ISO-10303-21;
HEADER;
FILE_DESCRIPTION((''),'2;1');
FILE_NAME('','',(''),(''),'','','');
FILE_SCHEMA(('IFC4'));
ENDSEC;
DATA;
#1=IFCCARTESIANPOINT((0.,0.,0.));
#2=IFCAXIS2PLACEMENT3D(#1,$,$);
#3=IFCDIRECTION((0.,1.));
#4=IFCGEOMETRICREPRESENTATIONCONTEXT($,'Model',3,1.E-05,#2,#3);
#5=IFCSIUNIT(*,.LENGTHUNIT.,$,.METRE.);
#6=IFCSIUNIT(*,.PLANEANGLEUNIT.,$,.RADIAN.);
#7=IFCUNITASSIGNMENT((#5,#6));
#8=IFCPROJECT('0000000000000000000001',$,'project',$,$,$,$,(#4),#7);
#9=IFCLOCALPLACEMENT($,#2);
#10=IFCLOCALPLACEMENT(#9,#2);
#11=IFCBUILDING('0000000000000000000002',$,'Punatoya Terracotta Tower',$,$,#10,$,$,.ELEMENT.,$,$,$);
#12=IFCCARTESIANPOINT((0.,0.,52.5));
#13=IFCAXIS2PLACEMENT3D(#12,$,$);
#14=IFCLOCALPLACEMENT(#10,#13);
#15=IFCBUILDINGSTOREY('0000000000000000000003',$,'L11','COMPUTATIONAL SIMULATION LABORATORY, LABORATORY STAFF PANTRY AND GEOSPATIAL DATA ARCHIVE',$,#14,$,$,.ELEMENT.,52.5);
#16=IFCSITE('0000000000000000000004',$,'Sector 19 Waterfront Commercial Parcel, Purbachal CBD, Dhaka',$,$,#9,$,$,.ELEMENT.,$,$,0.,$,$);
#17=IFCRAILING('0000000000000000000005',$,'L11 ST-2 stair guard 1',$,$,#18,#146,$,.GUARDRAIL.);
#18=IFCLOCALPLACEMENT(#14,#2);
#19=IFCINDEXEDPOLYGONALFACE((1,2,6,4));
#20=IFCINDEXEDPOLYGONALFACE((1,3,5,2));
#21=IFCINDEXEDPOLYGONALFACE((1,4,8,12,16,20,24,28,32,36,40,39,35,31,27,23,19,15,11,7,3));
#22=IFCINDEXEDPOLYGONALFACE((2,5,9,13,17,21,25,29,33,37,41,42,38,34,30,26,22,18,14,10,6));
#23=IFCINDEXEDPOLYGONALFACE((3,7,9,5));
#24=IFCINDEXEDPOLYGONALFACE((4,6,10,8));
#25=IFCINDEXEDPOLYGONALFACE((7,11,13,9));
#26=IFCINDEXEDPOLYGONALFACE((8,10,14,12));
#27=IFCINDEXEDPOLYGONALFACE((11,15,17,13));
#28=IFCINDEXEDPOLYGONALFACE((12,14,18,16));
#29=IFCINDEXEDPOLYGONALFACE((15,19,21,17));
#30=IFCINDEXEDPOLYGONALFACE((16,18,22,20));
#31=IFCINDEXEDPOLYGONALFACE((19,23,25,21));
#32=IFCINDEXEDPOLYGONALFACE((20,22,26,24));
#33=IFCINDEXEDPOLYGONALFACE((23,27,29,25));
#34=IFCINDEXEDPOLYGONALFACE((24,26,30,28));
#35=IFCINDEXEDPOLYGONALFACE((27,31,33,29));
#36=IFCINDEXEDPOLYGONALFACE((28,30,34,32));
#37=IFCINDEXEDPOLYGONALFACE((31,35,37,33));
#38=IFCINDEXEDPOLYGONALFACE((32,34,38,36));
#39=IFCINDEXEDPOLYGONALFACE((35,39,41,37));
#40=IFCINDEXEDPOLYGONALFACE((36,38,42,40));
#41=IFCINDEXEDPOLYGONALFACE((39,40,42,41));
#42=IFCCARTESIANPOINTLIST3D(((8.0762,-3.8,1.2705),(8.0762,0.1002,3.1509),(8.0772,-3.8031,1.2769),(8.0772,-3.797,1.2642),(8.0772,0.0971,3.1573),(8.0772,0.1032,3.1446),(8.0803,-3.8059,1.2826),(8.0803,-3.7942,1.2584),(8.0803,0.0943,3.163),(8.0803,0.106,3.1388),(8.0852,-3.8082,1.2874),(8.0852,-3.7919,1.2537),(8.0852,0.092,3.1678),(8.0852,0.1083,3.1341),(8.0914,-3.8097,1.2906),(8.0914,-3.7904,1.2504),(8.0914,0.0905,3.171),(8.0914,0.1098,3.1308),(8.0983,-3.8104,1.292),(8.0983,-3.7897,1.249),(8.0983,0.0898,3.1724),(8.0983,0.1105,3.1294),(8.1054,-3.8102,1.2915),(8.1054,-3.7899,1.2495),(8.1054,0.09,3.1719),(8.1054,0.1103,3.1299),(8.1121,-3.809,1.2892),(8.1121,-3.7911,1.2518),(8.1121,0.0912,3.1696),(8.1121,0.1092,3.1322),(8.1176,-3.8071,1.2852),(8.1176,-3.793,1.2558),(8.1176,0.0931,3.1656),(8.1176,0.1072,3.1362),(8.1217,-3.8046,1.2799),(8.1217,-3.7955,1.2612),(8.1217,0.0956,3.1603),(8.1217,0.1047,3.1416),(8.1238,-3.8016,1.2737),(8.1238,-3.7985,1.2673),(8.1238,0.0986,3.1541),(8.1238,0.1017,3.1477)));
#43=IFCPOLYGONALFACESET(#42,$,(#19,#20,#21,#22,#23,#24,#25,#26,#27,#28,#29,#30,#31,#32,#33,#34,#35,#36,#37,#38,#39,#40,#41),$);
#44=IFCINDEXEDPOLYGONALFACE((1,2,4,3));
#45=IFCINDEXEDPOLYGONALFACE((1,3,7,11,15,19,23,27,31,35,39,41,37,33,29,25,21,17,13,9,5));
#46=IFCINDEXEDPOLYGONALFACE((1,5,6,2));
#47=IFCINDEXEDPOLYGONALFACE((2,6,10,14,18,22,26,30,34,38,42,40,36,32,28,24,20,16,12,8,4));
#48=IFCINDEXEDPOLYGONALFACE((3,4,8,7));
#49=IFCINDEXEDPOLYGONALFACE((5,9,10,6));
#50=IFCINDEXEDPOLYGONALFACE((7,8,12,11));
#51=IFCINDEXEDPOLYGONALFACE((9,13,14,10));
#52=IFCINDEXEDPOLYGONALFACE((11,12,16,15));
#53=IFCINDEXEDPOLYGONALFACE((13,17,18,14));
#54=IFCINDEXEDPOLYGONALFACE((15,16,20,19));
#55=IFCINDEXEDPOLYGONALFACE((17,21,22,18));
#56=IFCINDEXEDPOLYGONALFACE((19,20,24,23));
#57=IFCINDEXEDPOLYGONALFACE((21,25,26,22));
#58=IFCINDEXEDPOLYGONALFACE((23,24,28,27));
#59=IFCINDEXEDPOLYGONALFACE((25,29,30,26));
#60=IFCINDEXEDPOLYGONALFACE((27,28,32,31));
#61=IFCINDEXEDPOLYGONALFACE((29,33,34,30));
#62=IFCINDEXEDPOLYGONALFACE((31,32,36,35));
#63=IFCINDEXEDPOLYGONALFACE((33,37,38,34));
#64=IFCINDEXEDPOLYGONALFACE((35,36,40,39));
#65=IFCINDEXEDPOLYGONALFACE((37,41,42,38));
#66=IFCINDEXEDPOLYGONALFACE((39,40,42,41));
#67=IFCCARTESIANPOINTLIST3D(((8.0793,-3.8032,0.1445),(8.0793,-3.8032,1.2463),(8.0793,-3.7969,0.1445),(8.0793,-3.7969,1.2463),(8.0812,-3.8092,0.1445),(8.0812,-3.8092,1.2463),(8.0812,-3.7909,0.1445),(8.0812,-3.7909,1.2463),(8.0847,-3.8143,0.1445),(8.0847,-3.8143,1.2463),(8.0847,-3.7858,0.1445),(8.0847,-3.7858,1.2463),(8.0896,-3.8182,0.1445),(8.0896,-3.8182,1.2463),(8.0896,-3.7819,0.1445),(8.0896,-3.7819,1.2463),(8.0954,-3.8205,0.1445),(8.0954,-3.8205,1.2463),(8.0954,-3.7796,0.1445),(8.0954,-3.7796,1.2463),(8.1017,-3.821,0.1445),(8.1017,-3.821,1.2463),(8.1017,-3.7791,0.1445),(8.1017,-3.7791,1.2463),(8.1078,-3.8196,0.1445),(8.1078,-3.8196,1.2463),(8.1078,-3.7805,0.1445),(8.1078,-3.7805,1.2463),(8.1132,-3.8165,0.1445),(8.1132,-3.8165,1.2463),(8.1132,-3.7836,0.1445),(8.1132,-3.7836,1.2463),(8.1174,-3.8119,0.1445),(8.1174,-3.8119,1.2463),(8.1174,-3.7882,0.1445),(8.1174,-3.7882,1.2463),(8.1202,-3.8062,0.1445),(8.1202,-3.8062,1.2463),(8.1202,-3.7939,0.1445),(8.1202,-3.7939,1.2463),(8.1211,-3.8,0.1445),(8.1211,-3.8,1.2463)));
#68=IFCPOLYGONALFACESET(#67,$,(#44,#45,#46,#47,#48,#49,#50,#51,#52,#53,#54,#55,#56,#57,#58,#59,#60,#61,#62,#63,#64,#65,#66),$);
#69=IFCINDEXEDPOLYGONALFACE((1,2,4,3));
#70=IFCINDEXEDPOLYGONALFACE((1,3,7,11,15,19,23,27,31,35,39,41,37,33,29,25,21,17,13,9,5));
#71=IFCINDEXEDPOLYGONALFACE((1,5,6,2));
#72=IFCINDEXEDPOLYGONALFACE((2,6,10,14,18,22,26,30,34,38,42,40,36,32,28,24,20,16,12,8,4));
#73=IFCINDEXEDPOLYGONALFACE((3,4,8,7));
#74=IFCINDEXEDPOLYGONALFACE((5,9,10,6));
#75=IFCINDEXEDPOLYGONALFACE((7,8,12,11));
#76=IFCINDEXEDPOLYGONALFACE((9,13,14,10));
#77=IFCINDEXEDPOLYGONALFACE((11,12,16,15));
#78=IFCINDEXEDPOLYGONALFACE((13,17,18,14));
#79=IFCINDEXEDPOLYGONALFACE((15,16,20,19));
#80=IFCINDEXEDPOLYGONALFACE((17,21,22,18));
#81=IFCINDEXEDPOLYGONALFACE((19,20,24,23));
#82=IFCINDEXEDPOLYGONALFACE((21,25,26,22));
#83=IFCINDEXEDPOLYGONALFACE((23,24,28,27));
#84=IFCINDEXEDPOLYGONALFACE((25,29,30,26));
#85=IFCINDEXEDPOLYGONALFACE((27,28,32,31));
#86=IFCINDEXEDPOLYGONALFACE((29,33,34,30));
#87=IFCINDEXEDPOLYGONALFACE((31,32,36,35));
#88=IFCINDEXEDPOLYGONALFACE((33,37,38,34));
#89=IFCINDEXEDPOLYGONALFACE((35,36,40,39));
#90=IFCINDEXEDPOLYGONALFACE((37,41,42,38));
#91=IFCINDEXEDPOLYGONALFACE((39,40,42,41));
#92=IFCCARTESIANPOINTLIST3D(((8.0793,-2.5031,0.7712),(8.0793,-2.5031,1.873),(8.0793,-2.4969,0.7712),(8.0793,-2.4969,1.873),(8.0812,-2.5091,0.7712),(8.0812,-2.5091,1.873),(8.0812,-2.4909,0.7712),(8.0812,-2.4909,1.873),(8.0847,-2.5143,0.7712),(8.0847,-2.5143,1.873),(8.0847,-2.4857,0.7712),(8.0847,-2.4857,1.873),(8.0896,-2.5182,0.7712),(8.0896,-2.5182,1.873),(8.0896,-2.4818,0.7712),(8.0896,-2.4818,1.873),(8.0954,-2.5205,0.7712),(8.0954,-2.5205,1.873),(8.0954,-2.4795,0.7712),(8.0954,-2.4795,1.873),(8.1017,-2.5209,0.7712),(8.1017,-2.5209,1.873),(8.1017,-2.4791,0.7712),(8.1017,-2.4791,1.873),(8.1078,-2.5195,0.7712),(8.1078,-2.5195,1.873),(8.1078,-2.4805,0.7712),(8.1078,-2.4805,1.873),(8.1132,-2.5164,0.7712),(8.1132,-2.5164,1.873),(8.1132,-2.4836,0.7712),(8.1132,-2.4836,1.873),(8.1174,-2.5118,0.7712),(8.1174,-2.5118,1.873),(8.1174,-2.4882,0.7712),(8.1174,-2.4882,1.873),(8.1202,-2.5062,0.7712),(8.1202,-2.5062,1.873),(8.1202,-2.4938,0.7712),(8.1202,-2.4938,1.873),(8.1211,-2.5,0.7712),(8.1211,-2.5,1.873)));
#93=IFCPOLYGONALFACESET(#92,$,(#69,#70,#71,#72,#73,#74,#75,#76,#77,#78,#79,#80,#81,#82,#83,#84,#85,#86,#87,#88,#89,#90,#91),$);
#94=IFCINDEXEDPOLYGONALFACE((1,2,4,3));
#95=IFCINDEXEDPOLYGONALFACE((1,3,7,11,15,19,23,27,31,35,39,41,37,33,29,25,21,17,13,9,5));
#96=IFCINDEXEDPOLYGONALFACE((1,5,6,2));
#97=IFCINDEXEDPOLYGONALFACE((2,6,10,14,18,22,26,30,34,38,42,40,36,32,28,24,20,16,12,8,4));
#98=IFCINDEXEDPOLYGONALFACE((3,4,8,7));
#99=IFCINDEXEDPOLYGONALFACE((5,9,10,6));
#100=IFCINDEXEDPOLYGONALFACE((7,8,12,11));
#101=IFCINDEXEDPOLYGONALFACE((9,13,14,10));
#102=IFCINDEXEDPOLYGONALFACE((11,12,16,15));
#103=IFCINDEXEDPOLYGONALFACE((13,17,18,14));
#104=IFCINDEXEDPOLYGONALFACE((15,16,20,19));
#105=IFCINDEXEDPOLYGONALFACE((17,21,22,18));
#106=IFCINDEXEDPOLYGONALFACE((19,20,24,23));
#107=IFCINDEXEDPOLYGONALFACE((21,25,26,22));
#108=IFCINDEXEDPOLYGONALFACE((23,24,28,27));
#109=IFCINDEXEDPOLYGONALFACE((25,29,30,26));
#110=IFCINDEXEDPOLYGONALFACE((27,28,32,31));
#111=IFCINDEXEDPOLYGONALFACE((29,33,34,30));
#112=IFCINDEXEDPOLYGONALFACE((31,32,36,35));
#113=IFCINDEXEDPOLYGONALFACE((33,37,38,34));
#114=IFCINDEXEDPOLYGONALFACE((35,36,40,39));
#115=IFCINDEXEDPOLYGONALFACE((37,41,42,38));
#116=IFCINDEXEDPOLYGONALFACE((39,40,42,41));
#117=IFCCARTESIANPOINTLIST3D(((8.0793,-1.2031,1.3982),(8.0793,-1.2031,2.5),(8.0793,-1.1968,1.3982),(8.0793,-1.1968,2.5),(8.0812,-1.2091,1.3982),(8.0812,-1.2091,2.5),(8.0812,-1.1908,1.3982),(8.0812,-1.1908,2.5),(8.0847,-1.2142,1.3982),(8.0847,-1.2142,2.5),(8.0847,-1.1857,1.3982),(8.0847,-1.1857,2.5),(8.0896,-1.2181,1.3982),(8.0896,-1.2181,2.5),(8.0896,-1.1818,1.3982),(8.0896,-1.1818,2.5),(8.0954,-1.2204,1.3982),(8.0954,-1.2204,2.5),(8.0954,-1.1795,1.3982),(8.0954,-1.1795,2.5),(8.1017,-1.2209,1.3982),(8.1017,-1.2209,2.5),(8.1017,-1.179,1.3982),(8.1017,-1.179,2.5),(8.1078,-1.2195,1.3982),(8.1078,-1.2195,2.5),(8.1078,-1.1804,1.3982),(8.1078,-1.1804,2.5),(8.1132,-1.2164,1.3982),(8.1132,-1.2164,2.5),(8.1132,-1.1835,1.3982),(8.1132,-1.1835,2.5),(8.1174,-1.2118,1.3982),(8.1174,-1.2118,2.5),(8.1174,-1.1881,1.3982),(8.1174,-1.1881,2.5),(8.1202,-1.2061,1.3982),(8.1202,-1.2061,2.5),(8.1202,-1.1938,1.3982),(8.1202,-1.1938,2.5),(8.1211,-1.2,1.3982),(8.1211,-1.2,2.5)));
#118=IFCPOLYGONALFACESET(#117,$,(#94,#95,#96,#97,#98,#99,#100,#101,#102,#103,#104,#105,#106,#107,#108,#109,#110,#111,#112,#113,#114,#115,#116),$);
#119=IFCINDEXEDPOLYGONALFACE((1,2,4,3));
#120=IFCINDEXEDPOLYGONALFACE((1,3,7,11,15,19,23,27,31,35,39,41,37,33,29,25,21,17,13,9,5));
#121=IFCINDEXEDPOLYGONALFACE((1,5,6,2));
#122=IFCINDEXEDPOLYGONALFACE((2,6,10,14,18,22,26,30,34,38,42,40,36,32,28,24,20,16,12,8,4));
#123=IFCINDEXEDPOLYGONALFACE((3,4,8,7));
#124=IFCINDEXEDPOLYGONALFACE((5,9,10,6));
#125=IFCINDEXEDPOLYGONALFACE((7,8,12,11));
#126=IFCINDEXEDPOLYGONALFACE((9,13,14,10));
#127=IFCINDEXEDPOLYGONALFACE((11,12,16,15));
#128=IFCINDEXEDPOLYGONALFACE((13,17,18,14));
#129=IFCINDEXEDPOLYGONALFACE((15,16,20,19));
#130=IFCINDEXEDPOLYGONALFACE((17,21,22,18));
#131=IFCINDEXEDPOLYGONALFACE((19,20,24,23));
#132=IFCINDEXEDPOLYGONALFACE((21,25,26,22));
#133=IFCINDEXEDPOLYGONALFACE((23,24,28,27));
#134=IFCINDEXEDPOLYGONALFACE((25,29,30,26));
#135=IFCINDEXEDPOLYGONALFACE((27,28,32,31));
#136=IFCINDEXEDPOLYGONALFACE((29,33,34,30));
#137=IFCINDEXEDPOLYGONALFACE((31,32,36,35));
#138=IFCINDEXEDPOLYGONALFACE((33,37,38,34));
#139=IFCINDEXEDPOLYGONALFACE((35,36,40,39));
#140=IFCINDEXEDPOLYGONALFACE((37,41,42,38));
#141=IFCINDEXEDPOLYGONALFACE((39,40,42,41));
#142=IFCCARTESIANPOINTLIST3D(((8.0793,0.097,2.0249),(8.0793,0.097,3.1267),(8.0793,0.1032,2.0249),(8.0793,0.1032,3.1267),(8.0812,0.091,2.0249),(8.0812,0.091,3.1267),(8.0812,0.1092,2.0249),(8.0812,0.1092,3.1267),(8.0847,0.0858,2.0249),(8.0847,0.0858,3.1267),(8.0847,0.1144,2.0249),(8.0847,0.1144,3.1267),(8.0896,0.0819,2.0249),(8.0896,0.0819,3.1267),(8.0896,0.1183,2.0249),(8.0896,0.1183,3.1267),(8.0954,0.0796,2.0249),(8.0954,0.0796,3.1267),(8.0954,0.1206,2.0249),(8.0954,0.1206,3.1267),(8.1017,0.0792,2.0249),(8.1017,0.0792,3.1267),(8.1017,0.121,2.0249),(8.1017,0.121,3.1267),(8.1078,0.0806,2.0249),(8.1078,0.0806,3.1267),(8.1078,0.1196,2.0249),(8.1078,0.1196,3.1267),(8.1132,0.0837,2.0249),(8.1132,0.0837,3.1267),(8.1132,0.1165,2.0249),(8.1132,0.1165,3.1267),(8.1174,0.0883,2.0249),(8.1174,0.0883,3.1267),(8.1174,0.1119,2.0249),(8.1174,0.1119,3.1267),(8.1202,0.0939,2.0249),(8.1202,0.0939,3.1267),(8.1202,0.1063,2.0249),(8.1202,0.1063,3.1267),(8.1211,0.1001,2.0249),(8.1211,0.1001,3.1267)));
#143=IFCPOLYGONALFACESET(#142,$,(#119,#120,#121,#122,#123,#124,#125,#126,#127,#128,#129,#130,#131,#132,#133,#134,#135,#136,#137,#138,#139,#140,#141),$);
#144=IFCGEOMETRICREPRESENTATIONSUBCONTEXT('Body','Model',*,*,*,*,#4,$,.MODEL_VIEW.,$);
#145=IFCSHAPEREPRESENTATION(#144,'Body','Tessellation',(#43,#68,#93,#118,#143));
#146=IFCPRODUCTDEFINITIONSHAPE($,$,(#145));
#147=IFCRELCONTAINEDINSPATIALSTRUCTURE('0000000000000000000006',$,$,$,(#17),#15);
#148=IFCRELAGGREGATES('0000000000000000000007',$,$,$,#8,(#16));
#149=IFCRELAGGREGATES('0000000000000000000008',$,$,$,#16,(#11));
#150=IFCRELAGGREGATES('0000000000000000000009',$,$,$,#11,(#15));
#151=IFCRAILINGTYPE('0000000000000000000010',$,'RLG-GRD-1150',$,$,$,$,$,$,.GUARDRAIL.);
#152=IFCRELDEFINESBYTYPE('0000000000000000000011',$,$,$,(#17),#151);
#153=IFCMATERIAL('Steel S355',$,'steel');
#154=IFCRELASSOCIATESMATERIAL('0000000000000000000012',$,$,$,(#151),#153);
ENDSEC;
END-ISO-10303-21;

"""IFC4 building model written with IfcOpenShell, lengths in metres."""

from ifc_helpers import new_model, si_unit, direction, frame, origin, origin_2d, place, context, subcontext, project, spatial, circle, extrude, material, type_object, element, save


model = new_model("IFC4")

# Units and contexts
model_context = context("Model", 3, precision=1e-05, world=origin(), true_north=direction((0.0, 1.0)))
body_context = subcontext(model_context, "Body", "Model", "MODEL_VIEW")
ifc_project = project(units=[si_unit("LENGTHUNIT", "METRE"), si_unit("PLANEANGLEUNIT", "RADIAN")], contexts=[model_context])

# Site, building, storey
site_placement = place(None, origin())
site = spatial("IfcSite", under=ifc_project, at=site_placement, Name="Sector 19 Waterfront Commercial Parcel, Purbachal CBD, Dhaka", CompositionType="ELEMENT", RefElevation=0.0)
building_placement = place(site_placement, origin())
building = spatial("IfcBuilding", under=site, at=building_placement, Name="Punatoya Terracotta Tower", CompositionType="ELEMENT")
storey_placement = place(building_placement, frame((0.0, 0.0, 52.5)))
storey = spatial("IfcBuildingStorey", under=building, at=storey_placement, Name="L11", Description="COMPUTATIONAL SIMULATION LABORATORY, LABORATORY STAFF PANTRY AND GEOSPATIAL DATA ARCHIVE", CompositionType="ELEMENT", Elevation=52.5)

# Shared definitions
ifc_material_1 = material(Name="Steel S355", Category="steel")

# Railing
railing_type_1 = type_object("IfcRailingType", Name="RLG-GRD-1150", PredefinedType="GUARDRAIL", material=ifc_material_1)
railing_1_placement = place(storey_placement, frame((8.1001, -3.8, 0.1445)))
element("IfcRailing", 1, at=railing_1_placement, inside=storey, type_object=railing_type_1, Name="L11 ST-2 stair guard 1", PredefinedType="GUARDRAIL", context=body_context, shape_type="SweptSolid", body=[
    extrude(circle(Radius=0.0239, at=origin_2d()), frame((0.0, 0.0, 1.126), z_axis=(0.0, 0.900774, 0.434289), x_axis=(-1.0, 0.0, 0.0)), (0.0, 0.0, 1.0), 4.3298),
    extrude(circle(Radius=0.021, at=origin_2d()), origin(), (0.0, 0.0, 1.0), 1.1018),
    extrude(circle(Radius=0.021, at=origin_2d()), frame((0.0, 1.3, 0.6267)), (0.0, 0.0, 1.0), 1.1018),
    extrude(circle(Radius=0.021, at=origin_2d()), frame((0.0, 2.6001, 1.2537)), (0.0, 0.0, 1.0), 1.1018),
    extrude(circle(Radius=0.021, at=origin_2d()), frame((0.0, 3.9001, 1.8804)), (0.0, 0.0, 1.0), 1.1018),
])

save(model, "model.ifc")
